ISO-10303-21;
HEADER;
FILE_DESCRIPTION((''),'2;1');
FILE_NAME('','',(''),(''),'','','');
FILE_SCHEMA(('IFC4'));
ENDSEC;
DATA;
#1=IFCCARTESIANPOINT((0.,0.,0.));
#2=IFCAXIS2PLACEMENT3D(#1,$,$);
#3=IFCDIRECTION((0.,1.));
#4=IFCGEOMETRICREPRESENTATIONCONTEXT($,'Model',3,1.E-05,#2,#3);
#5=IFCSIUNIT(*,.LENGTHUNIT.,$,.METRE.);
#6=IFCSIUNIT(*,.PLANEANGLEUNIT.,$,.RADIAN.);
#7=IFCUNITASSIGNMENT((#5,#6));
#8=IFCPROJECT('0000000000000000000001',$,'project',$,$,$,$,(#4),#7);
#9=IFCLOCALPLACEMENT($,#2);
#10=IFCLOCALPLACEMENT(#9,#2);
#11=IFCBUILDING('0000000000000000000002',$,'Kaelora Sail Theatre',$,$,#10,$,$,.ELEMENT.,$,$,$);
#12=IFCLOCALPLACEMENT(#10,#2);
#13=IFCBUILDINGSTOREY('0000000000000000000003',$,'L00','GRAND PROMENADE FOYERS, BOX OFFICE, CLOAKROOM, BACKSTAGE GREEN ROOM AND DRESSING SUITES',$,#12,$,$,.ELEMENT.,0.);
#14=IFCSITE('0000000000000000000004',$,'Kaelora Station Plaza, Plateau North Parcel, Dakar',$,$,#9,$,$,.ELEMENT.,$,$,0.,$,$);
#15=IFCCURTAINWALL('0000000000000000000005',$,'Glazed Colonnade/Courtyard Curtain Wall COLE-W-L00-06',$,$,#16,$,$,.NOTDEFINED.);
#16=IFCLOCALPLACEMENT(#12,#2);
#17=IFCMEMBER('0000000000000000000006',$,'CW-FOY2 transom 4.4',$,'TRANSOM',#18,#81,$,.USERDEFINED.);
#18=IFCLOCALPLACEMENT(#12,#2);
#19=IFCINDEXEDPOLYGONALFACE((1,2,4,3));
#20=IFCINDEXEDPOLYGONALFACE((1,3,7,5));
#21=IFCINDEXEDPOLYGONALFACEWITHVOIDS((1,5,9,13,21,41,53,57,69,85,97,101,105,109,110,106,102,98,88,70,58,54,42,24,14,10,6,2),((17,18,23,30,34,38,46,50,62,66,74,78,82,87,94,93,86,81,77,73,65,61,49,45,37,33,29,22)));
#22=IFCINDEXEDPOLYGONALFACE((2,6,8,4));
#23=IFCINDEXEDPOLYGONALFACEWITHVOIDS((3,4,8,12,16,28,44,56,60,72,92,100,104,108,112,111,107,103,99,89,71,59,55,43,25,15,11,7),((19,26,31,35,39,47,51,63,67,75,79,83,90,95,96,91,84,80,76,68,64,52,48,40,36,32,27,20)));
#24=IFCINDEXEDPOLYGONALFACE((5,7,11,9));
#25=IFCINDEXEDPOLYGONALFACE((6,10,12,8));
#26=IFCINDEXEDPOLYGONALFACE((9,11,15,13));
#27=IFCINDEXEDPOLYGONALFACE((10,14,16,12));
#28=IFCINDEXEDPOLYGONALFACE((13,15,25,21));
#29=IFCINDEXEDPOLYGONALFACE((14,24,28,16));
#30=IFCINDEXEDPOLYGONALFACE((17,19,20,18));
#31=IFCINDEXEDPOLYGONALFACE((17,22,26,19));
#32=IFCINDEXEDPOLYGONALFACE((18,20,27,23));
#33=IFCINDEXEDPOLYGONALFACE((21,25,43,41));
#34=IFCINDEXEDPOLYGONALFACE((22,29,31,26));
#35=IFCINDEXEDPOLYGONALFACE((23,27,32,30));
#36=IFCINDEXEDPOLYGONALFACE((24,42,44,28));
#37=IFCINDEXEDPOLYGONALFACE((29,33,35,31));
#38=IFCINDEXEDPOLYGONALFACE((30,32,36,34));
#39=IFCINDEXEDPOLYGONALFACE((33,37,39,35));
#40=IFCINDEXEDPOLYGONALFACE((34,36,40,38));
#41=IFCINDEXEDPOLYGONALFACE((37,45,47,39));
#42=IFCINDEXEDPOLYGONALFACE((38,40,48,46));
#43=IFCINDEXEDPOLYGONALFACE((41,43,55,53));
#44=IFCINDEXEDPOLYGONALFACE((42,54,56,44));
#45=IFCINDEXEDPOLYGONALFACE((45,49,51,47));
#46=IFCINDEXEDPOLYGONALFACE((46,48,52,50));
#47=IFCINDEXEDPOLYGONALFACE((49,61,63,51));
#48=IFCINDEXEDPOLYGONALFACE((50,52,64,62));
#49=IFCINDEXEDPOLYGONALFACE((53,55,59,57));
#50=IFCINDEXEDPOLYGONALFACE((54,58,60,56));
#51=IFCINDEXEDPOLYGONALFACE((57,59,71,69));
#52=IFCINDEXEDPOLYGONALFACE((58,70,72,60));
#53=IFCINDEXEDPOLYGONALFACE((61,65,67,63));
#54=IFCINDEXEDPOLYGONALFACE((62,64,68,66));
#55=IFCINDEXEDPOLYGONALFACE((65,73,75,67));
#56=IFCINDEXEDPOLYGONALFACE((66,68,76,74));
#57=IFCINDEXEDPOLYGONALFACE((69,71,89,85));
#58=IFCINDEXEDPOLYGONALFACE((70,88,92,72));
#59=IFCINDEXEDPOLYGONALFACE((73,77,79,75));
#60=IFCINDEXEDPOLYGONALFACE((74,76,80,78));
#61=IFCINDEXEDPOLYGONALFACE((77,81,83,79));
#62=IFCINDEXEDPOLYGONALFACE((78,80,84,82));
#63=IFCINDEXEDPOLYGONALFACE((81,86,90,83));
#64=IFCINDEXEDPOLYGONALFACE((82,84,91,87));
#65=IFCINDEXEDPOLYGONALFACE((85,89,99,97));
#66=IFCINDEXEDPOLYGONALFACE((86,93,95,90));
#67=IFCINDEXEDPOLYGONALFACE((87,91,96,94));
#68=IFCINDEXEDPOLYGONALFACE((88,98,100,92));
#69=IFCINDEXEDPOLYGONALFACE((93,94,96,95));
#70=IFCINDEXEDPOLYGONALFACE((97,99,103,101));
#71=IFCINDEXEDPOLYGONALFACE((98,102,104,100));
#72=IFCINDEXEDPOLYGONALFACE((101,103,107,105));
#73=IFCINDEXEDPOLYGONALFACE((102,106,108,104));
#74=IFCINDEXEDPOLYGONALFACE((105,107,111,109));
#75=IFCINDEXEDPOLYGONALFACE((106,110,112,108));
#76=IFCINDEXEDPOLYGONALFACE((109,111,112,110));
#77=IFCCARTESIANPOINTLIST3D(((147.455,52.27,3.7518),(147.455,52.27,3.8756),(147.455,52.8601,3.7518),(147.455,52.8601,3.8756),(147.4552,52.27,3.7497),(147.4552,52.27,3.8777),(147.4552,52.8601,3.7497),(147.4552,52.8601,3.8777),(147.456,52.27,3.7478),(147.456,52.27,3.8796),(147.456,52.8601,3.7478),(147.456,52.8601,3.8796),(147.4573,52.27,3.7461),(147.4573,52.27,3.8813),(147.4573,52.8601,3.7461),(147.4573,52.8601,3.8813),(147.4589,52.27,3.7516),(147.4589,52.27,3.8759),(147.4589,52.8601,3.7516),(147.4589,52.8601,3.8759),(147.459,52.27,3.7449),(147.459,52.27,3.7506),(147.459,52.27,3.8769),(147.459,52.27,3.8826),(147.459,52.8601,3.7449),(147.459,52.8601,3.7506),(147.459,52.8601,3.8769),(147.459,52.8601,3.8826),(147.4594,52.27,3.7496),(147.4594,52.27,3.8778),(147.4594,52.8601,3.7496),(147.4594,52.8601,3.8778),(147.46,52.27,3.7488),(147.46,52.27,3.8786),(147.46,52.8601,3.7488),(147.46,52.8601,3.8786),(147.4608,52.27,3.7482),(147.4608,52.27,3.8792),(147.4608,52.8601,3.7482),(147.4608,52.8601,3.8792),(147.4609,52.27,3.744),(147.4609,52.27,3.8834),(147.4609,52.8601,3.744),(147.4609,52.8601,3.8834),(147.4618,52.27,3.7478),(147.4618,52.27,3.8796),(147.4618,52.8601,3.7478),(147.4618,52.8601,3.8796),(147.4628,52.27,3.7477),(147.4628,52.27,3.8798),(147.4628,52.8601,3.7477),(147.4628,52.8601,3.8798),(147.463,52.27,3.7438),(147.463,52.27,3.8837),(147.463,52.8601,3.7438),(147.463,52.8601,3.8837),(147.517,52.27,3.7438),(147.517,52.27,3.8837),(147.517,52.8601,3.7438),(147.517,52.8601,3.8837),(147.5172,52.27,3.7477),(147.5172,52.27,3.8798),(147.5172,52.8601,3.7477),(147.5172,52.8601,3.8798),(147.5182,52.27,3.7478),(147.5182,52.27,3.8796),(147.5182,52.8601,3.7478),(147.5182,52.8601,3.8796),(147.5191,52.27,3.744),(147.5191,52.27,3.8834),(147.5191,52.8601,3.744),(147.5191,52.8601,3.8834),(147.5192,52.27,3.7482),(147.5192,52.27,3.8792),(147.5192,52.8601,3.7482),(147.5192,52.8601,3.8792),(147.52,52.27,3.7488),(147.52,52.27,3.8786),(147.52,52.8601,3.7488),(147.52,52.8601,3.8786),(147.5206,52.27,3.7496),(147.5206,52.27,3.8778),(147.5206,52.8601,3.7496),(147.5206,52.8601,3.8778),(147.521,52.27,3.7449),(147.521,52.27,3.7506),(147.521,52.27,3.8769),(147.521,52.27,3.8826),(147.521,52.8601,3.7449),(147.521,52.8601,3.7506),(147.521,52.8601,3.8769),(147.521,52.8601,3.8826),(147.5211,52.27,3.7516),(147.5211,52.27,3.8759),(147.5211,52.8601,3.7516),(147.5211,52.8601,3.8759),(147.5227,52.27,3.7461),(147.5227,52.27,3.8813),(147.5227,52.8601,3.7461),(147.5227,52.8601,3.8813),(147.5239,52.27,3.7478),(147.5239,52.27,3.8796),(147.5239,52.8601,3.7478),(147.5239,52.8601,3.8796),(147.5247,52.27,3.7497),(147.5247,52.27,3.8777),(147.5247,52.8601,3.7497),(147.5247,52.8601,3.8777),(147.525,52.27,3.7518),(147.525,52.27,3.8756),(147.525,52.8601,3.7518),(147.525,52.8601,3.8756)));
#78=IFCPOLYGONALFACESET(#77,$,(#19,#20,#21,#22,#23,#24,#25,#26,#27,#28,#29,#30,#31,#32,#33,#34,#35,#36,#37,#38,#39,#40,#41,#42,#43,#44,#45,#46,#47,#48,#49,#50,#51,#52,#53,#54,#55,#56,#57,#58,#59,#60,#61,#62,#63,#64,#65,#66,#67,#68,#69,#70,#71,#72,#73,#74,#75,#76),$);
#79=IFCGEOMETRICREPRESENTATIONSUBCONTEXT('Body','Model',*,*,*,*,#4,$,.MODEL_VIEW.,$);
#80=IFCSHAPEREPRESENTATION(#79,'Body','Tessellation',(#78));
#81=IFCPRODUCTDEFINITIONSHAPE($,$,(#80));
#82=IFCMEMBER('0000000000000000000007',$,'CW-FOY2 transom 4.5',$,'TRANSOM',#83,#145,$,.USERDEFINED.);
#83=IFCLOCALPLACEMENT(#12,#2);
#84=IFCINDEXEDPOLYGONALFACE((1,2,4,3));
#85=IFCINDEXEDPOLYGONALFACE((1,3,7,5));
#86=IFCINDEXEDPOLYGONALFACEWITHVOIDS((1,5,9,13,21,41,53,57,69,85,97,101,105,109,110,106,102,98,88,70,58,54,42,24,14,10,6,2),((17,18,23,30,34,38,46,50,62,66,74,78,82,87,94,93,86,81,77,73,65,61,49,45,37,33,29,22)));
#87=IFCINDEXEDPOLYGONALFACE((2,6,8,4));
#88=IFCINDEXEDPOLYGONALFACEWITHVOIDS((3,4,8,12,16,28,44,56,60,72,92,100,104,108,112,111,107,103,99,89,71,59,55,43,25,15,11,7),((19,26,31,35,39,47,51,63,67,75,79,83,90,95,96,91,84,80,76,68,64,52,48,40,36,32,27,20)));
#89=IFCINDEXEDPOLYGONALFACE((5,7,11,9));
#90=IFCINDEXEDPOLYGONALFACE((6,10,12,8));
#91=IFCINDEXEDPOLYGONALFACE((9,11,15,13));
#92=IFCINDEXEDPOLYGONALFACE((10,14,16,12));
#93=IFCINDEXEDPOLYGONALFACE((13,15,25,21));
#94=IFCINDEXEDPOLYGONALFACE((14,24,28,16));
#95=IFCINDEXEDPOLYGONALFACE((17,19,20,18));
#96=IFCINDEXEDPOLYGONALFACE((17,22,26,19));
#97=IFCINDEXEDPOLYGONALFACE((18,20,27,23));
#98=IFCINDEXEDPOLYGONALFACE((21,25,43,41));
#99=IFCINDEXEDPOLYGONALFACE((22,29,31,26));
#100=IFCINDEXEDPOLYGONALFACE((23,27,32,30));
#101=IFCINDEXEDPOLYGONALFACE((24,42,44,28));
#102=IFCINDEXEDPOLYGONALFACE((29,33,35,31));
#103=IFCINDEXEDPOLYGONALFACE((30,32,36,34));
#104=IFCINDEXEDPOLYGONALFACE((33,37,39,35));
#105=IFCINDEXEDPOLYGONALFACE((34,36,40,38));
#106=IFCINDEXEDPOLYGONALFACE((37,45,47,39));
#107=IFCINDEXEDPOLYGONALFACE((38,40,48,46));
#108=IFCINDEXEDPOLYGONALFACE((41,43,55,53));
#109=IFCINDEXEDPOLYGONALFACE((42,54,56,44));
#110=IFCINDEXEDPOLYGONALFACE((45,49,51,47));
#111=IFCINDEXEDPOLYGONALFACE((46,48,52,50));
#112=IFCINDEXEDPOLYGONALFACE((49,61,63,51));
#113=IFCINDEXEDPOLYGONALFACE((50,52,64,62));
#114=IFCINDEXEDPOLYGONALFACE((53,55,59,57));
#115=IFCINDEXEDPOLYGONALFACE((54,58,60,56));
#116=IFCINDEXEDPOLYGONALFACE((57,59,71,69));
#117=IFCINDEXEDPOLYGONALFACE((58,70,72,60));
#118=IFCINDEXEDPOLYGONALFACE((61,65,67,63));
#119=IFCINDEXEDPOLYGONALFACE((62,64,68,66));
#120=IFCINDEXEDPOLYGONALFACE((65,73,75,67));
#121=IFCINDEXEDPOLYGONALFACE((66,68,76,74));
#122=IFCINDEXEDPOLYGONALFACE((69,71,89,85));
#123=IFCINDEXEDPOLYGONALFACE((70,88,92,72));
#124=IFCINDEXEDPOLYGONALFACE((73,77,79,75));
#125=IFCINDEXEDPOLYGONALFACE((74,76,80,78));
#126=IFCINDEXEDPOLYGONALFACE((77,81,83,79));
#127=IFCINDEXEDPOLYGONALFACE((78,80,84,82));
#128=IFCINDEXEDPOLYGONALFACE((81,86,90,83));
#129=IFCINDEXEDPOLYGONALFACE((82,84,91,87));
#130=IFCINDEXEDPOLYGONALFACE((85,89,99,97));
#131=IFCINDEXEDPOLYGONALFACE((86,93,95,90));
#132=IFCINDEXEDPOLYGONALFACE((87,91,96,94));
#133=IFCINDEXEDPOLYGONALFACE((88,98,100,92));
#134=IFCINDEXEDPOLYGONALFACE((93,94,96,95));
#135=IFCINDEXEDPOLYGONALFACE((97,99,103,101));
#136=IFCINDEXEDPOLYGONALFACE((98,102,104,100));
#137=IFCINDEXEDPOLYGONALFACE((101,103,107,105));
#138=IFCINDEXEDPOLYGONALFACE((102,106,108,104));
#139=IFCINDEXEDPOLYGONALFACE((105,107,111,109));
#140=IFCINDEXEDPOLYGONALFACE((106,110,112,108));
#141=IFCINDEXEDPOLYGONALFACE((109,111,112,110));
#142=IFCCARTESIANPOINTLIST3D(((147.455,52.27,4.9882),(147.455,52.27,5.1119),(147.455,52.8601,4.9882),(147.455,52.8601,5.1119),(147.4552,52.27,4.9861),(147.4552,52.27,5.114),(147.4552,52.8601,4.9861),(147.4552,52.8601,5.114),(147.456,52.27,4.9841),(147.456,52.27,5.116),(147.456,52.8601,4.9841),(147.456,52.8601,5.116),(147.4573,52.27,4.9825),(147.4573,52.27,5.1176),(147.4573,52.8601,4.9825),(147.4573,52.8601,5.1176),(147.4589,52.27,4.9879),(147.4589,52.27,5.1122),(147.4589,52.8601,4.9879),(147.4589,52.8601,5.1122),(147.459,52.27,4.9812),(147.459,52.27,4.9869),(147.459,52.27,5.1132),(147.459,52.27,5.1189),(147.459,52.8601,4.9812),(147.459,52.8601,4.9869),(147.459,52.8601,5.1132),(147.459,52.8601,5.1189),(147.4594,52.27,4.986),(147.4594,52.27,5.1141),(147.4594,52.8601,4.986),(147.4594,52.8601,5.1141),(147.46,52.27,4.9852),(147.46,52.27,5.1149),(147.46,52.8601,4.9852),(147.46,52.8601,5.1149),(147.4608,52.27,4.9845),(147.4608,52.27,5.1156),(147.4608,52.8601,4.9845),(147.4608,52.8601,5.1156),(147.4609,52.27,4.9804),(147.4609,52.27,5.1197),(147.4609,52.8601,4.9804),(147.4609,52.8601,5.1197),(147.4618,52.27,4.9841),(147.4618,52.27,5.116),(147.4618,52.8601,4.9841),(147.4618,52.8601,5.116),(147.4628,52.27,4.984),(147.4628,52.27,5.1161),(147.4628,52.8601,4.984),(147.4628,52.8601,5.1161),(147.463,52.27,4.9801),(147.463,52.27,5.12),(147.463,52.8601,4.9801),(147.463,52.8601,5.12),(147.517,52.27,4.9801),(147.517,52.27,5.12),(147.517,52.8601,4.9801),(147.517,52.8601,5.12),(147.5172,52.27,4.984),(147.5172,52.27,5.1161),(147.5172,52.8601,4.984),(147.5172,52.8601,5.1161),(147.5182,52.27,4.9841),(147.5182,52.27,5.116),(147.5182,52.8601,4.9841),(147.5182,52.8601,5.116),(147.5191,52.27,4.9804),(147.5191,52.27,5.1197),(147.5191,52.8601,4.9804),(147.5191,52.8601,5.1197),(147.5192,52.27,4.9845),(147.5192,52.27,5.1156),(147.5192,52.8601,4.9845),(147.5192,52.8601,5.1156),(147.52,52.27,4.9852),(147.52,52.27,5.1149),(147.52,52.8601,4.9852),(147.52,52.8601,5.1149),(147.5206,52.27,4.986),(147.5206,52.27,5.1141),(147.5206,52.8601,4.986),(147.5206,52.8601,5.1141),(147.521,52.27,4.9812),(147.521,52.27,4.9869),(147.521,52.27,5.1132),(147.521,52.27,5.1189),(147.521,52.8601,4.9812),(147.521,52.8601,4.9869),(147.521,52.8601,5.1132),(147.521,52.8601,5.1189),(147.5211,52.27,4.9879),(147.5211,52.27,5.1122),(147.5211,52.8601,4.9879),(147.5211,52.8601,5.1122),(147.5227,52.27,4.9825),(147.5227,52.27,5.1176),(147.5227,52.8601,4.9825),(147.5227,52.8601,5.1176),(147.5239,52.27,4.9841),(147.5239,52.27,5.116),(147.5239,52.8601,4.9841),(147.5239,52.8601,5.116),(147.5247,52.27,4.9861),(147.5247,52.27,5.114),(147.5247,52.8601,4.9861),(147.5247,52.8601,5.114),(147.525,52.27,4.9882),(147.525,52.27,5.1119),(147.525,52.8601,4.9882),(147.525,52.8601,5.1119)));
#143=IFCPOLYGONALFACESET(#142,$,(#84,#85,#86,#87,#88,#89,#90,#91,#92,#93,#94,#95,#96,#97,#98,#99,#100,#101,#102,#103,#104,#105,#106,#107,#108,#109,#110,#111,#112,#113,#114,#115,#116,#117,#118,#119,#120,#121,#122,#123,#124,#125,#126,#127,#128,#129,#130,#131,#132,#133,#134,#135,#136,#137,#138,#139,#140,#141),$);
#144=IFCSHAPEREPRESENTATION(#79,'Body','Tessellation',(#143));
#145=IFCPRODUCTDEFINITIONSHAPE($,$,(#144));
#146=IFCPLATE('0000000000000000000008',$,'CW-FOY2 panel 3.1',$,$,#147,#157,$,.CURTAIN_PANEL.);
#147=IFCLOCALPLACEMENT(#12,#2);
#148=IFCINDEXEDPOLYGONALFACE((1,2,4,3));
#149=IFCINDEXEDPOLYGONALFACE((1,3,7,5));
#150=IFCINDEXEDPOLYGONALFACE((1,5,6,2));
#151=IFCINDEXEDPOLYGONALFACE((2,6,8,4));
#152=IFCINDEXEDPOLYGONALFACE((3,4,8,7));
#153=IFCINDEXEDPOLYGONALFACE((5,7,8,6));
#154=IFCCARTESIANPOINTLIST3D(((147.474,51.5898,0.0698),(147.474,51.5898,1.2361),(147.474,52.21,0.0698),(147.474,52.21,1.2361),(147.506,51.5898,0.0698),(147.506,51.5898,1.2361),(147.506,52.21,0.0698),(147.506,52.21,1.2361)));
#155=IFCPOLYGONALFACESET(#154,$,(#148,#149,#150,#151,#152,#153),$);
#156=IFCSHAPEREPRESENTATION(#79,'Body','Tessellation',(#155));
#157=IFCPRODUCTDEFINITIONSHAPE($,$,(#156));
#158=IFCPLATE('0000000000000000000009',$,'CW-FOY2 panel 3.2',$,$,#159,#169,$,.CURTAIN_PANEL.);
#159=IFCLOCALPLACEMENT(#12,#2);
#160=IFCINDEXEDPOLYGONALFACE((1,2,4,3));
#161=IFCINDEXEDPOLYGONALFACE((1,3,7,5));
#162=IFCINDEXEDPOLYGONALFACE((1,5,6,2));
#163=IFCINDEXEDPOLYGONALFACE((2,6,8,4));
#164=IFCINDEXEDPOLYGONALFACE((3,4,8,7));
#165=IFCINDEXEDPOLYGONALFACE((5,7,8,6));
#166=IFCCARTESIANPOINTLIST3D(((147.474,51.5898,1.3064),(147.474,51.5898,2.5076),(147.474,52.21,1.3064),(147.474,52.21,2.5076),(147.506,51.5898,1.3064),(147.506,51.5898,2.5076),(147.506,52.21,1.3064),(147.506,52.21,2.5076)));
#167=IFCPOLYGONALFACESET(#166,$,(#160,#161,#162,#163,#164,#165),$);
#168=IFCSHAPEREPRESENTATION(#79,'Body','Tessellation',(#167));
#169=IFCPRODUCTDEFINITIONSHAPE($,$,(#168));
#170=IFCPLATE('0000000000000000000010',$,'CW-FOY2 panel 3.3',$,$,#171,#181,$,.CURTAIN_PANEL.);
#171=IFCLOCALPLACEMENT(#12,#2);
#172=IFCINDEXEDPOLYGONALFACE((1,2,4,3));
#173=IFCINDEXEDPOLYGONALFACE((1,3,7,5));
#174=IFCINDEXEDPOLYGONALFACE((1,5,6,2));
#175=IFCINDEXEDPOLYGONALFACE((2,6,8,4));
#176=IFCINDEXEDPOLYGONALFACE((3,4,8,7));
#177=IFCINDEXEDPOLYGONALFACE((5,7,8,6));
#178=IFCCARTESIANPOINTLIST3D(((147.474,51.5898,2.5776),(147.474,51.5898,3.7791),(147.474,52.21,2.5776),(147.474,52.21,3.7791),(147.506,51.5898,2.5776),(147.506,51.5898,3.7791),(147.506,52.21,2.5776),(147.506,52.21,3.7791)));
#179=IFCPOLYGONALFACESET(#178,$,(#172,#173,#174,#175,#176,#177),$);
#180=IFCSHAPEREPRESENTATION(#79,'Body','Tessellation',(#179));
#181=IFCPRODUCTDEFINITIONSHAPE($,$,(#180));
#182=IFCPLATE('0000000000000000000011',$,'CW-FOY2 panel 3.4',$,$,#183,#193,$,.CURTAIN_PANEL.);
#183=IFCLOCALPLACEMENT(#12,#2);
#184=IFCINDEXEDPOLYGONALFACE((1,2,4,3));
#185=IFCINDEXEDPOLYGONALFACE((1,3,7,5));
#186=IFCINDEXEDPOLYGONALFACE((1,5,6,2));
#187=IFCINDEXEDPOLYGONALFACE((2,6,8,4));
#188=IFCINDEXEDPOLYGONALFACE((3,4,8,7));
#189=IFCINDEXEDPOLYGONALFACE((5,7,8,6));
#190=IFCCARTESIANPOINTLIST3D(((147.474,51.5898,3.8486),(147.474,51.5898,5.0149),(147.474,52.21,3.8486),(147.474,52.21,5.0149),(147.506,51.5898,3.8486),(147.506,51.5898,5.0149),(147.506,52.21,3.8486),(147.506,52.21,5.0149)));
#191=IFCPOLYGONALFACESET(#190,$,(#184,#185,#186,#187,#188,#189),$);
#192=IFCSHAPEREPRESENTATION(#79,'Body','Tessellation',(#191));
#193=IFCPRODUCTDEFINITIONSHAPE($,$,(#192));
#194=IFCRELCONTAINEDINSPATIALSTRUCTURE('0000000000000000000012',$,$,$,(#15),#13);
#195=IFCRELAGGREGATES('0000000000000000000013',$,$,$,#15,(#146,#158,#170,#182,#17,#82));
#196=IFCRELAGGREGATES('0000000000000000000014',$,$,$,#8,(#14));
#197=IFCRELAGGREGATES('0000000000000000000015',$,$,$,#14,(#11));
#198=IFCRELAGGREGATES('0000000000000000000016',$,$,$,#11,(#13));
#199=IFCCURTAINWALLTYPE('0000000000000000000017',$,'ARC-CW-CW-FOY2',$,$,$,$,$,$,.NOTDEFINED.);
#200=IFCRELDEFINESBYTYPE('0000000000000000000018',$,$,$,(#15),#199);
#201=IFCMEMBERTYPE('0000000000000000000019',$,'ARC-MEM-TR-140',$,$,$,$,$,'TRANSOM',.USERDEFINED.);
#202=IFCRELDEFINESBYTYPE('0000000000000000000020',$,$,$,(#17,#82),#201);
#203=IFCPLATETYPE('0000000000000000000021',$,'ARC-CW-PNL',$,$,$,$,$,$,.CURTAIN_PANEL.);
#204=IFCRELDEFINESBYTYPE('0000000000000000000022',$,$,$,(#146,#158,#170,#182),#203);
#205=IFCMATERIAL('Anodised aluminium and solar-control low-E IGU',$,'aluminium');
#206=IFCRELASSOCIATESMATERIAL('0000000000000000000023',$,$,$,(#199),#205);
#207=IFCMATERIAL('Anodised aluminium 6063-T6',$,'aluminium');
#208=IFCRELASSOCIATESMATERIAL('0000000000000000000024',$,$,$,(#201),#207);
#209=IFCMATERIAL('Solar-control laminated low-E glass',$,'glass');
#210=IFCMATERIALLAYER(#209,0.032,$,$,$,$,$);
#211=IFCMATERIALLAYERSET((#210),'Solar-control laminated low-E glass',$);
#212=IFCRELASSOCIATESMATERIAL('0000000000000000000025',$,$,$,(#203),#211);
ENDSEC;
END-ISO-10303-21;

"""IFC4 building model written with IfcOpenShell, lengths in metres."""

from ifc_helpers import new_model, si_unit, direction, frame, origin, origin_2d, place, context, subcontext, project, spatial, rectangle, hollow_rectangle, extrude, material, layer, layer_set, material_profile, profile_set, type_object, element, aggregate, save


model = new_model("IFC4")

# Units and contexts
model_context = context("Model", 3, precision=1e-05, world=origin(), true_north=direction((0.0, 1.0)))
body_context = subcontext(model_context, "Body", "Model", "MODEL_VIEW")
ifc_project = project(units=[si_unit("LENGTHUNIT", "METRE"), si_unit("PLANEANGLEUNIT", "RADIAN")], contexts=[model_context])

# Site, building, storey
site_placement = place(None, origin())
site = spatial("IfcSite", under=ifc_project, at=site_placement, Name="Kaelora Station Plaza, Plateau North Parcel, Dakar", CompositionType="ELEMENT", RefElevation=0.0)
building_placement = place(site_placement, origin())
building = spatial("IfcBuilding", under=site, at=building_placement, Name="Kaelora Sail Theatre", CompositionType="ELEMENT")
storey_placement = place(building_placement, origin())
storey = spatial("IfcBuildingStorey", under=building, at=storey_placement, Name="L00", Description="GRAND PROMENADE FOYERS, BOX OFFICE, CLOAKROOM, BACKSTAGE GREEN ROOM AND DRESSING SUITES", CompositionType="ELEMENT", Elevation=0.0)

# Curtain wall, members, plates
ifc_material_1 = material(Name="Anodised aluminium and solar-control low-E IGU", Category="aluminium")
curtain_wall_type = type_object("IfcCurtainWallType", Name="ARC-CW-CW-FOY2", PredefinedType="NOTDEFINED", material=ifc_material_1)
curtain_wall_placement = place(storey_placement, origin())
curtain_wall = element("IfcCurtainWall", 1, at=curtain_wall_placement, inside=storey, type_object=curtain_wall_type, Name="Glazed Colonnade/Courtyard Curtain Wall COLE-W-L00-06", PredefinedType="NOTDEFINED")
ifc_material_2 = material(Name="Anodised aluminium 6063-T6", Category="aluminium")
ifc_material_profile_1 = material_profile(ifc_material_2, hollow_rectangle(XDim=0.0701, YDim=0.1399, WallThickness=0.0039, InnerFilletRadius=0.0039, OuterFilletRadius=0.0081, at=origin_2d()), Name="ALU-TRAN 70x140x4")
ifc_profile_set_1 = profile_set([ifc_material_profile_1], Name="Anodised aluminium 6063-T6")
member_type_1 = type_object("IfcMemberType", Name="ARC-MEM-TR-140", ElementType="TRANSOM", PredefinedType="USERDEFINED", material=ifc_profile_set_1)
member_1_placement = place(storey_placement, frame((147.49, 52.27, 3.8137), z_axis=(0.0, 1.0, 0.0), x_axis=(-1.0, 0.0, 0.0)))
member_1 = element("IfcMember", 2, at=member_1_placement, type_object=member_type_1, Name="CW-FOY2 transom 4.4", ObjectType="TRANSOM", PredefinedType="USERDEFINED", context=body_context, shape_type="SweptSolid", body=[
    extrude(hollow_rectangle(XDim=0.0701, YDim=0.1399, WallThickness=0.0039, InnerFilletRadius=0.0039, OuterFilletRadius=0.0081, at=origin_2d()), origin(), (0.0, 0.0, 1.0), 0.5901),
])
member_2_placement = place(storey_placement, frame((147.49, 52.27, 5.05), z_axis=(0.0, 1.0, 0.0), x_axis=(-1.0, 0.0, 0.0)))
member_2 = element("IfcMember", 3, at=member_2_placement, type_object=member_type_1, Name="CW-FOY2 transom 4.5", ObjectType="TRANSOM", PredefinedType="USERDEFINED", context=body_context, shape_type="SweptSolid", body=[
    extrude(hollow_rectangle(XDim=0.0701, YDim=0.1399, WallThickness=0.0039, InnerFilletRadius=0.0039, OuterFilletRadius=0.0081, at=origin_2d()), origin(), (0.0, 0.0, 1.0), 0.5901),
])
ifc_material_3 = material(Name="Solar-control laminated low-E glass", Category="glass")
ifc_layer_1 = layer(ifc_material_3, 0.032)
ifc_layer_set_1 = layer_set([ifc_layer_1], Name="Solar-control laminated low-E glass")
plate_type = type_object("IfcPlateType", Name="ARC-CW-PNL", PredefinedType="CURTAIN_PANEL", material=ifc_layer_set_1)
plate_1_placement = place(storey_placement, frame((147.49, 51.8999, 0.0698), z_axis=(0.0, 0.0, 1.0), x_axis=(0.0, 1.0, 0.0)))
plate_1 = element("IfcPlate", 4, at=plate_1_placement, type_object=plate_type, Name="CW-FOY2 panel 3.1", PredefinedType="CURTAIN_PANEL", context=body_context, shape_type="SweptSolid", body=[
    extrude(rectangle(XDim=0.6201, YDim=0.032, at=origin_2d()), origin(), (0.0, 0.0, 1.0), 1.1663),
])
plate_2_placement = place(storey_placement, frame((147.49, 51.8999, 1.3064), z_axis=(0.0, 0.0, 1.0), x_axis=(0.0, 1.0, 0.0)))
plate_2 = element("IfcPlate", 5, at=plate_2_placement, type_object=plate_type, Name="CW-FOY2 panel 3.2", PredefinedType="CURTAIN_PANEL", context=body_context, shape_type="SweptSolid", body=[
    extrude(rectangle(XDim=0.6201, YDim=0.032, at=origin_2d()), origin(), (0.0, 0.0, 1.0), 1.2012),
])
plate_3_placement = place(storey_placement, frame((147.49, 51.8999, 2.5776), z_axis=(0.0, 0.0, 1.0), x_axis=(0.0, 1.0, 0.0)))
plate_3 = element("IfcPlate", 6, at=plate_3_placement, type_object=plate_type, Name="CW-FOY2 panel 3.3", PredefinedType="CURTAIN_PANEL", context=body_context, shape_type="SweptSolid", body=[
    extrude(rectangle(XDim=0.6201, YDim=0.032, at=origin_2d()), origin(), (0.0, 0.0, 1.0), 1.2014),
])
plate_4_placement = place(storey_placement, frame((147.49, 51.8999, 3.8486), z_axis=(0.0, 0.0, 1.0), x_axis=(0.0, 1.0, 0.0)))
plate_4 = element("IfcPlate", 7, at=plate_4_placement, type_object=plate_type, Name="CW-FOY2 panel 3.4", PredefinedType="CURTAIN_PANEL", context=body_context, shape_type="SweptSolid", body=[
    extrude(rectangle(XDim=0.6201, YDim=0.032, at=origin_2d()), origin(), (0.0, 0.0, 1.0), 1.1663),
])
aggregate(curtain_wall, [plate_1, plate_2, plate_3, plate_4, member_1, member_2])

save(model, "model.ifc")
